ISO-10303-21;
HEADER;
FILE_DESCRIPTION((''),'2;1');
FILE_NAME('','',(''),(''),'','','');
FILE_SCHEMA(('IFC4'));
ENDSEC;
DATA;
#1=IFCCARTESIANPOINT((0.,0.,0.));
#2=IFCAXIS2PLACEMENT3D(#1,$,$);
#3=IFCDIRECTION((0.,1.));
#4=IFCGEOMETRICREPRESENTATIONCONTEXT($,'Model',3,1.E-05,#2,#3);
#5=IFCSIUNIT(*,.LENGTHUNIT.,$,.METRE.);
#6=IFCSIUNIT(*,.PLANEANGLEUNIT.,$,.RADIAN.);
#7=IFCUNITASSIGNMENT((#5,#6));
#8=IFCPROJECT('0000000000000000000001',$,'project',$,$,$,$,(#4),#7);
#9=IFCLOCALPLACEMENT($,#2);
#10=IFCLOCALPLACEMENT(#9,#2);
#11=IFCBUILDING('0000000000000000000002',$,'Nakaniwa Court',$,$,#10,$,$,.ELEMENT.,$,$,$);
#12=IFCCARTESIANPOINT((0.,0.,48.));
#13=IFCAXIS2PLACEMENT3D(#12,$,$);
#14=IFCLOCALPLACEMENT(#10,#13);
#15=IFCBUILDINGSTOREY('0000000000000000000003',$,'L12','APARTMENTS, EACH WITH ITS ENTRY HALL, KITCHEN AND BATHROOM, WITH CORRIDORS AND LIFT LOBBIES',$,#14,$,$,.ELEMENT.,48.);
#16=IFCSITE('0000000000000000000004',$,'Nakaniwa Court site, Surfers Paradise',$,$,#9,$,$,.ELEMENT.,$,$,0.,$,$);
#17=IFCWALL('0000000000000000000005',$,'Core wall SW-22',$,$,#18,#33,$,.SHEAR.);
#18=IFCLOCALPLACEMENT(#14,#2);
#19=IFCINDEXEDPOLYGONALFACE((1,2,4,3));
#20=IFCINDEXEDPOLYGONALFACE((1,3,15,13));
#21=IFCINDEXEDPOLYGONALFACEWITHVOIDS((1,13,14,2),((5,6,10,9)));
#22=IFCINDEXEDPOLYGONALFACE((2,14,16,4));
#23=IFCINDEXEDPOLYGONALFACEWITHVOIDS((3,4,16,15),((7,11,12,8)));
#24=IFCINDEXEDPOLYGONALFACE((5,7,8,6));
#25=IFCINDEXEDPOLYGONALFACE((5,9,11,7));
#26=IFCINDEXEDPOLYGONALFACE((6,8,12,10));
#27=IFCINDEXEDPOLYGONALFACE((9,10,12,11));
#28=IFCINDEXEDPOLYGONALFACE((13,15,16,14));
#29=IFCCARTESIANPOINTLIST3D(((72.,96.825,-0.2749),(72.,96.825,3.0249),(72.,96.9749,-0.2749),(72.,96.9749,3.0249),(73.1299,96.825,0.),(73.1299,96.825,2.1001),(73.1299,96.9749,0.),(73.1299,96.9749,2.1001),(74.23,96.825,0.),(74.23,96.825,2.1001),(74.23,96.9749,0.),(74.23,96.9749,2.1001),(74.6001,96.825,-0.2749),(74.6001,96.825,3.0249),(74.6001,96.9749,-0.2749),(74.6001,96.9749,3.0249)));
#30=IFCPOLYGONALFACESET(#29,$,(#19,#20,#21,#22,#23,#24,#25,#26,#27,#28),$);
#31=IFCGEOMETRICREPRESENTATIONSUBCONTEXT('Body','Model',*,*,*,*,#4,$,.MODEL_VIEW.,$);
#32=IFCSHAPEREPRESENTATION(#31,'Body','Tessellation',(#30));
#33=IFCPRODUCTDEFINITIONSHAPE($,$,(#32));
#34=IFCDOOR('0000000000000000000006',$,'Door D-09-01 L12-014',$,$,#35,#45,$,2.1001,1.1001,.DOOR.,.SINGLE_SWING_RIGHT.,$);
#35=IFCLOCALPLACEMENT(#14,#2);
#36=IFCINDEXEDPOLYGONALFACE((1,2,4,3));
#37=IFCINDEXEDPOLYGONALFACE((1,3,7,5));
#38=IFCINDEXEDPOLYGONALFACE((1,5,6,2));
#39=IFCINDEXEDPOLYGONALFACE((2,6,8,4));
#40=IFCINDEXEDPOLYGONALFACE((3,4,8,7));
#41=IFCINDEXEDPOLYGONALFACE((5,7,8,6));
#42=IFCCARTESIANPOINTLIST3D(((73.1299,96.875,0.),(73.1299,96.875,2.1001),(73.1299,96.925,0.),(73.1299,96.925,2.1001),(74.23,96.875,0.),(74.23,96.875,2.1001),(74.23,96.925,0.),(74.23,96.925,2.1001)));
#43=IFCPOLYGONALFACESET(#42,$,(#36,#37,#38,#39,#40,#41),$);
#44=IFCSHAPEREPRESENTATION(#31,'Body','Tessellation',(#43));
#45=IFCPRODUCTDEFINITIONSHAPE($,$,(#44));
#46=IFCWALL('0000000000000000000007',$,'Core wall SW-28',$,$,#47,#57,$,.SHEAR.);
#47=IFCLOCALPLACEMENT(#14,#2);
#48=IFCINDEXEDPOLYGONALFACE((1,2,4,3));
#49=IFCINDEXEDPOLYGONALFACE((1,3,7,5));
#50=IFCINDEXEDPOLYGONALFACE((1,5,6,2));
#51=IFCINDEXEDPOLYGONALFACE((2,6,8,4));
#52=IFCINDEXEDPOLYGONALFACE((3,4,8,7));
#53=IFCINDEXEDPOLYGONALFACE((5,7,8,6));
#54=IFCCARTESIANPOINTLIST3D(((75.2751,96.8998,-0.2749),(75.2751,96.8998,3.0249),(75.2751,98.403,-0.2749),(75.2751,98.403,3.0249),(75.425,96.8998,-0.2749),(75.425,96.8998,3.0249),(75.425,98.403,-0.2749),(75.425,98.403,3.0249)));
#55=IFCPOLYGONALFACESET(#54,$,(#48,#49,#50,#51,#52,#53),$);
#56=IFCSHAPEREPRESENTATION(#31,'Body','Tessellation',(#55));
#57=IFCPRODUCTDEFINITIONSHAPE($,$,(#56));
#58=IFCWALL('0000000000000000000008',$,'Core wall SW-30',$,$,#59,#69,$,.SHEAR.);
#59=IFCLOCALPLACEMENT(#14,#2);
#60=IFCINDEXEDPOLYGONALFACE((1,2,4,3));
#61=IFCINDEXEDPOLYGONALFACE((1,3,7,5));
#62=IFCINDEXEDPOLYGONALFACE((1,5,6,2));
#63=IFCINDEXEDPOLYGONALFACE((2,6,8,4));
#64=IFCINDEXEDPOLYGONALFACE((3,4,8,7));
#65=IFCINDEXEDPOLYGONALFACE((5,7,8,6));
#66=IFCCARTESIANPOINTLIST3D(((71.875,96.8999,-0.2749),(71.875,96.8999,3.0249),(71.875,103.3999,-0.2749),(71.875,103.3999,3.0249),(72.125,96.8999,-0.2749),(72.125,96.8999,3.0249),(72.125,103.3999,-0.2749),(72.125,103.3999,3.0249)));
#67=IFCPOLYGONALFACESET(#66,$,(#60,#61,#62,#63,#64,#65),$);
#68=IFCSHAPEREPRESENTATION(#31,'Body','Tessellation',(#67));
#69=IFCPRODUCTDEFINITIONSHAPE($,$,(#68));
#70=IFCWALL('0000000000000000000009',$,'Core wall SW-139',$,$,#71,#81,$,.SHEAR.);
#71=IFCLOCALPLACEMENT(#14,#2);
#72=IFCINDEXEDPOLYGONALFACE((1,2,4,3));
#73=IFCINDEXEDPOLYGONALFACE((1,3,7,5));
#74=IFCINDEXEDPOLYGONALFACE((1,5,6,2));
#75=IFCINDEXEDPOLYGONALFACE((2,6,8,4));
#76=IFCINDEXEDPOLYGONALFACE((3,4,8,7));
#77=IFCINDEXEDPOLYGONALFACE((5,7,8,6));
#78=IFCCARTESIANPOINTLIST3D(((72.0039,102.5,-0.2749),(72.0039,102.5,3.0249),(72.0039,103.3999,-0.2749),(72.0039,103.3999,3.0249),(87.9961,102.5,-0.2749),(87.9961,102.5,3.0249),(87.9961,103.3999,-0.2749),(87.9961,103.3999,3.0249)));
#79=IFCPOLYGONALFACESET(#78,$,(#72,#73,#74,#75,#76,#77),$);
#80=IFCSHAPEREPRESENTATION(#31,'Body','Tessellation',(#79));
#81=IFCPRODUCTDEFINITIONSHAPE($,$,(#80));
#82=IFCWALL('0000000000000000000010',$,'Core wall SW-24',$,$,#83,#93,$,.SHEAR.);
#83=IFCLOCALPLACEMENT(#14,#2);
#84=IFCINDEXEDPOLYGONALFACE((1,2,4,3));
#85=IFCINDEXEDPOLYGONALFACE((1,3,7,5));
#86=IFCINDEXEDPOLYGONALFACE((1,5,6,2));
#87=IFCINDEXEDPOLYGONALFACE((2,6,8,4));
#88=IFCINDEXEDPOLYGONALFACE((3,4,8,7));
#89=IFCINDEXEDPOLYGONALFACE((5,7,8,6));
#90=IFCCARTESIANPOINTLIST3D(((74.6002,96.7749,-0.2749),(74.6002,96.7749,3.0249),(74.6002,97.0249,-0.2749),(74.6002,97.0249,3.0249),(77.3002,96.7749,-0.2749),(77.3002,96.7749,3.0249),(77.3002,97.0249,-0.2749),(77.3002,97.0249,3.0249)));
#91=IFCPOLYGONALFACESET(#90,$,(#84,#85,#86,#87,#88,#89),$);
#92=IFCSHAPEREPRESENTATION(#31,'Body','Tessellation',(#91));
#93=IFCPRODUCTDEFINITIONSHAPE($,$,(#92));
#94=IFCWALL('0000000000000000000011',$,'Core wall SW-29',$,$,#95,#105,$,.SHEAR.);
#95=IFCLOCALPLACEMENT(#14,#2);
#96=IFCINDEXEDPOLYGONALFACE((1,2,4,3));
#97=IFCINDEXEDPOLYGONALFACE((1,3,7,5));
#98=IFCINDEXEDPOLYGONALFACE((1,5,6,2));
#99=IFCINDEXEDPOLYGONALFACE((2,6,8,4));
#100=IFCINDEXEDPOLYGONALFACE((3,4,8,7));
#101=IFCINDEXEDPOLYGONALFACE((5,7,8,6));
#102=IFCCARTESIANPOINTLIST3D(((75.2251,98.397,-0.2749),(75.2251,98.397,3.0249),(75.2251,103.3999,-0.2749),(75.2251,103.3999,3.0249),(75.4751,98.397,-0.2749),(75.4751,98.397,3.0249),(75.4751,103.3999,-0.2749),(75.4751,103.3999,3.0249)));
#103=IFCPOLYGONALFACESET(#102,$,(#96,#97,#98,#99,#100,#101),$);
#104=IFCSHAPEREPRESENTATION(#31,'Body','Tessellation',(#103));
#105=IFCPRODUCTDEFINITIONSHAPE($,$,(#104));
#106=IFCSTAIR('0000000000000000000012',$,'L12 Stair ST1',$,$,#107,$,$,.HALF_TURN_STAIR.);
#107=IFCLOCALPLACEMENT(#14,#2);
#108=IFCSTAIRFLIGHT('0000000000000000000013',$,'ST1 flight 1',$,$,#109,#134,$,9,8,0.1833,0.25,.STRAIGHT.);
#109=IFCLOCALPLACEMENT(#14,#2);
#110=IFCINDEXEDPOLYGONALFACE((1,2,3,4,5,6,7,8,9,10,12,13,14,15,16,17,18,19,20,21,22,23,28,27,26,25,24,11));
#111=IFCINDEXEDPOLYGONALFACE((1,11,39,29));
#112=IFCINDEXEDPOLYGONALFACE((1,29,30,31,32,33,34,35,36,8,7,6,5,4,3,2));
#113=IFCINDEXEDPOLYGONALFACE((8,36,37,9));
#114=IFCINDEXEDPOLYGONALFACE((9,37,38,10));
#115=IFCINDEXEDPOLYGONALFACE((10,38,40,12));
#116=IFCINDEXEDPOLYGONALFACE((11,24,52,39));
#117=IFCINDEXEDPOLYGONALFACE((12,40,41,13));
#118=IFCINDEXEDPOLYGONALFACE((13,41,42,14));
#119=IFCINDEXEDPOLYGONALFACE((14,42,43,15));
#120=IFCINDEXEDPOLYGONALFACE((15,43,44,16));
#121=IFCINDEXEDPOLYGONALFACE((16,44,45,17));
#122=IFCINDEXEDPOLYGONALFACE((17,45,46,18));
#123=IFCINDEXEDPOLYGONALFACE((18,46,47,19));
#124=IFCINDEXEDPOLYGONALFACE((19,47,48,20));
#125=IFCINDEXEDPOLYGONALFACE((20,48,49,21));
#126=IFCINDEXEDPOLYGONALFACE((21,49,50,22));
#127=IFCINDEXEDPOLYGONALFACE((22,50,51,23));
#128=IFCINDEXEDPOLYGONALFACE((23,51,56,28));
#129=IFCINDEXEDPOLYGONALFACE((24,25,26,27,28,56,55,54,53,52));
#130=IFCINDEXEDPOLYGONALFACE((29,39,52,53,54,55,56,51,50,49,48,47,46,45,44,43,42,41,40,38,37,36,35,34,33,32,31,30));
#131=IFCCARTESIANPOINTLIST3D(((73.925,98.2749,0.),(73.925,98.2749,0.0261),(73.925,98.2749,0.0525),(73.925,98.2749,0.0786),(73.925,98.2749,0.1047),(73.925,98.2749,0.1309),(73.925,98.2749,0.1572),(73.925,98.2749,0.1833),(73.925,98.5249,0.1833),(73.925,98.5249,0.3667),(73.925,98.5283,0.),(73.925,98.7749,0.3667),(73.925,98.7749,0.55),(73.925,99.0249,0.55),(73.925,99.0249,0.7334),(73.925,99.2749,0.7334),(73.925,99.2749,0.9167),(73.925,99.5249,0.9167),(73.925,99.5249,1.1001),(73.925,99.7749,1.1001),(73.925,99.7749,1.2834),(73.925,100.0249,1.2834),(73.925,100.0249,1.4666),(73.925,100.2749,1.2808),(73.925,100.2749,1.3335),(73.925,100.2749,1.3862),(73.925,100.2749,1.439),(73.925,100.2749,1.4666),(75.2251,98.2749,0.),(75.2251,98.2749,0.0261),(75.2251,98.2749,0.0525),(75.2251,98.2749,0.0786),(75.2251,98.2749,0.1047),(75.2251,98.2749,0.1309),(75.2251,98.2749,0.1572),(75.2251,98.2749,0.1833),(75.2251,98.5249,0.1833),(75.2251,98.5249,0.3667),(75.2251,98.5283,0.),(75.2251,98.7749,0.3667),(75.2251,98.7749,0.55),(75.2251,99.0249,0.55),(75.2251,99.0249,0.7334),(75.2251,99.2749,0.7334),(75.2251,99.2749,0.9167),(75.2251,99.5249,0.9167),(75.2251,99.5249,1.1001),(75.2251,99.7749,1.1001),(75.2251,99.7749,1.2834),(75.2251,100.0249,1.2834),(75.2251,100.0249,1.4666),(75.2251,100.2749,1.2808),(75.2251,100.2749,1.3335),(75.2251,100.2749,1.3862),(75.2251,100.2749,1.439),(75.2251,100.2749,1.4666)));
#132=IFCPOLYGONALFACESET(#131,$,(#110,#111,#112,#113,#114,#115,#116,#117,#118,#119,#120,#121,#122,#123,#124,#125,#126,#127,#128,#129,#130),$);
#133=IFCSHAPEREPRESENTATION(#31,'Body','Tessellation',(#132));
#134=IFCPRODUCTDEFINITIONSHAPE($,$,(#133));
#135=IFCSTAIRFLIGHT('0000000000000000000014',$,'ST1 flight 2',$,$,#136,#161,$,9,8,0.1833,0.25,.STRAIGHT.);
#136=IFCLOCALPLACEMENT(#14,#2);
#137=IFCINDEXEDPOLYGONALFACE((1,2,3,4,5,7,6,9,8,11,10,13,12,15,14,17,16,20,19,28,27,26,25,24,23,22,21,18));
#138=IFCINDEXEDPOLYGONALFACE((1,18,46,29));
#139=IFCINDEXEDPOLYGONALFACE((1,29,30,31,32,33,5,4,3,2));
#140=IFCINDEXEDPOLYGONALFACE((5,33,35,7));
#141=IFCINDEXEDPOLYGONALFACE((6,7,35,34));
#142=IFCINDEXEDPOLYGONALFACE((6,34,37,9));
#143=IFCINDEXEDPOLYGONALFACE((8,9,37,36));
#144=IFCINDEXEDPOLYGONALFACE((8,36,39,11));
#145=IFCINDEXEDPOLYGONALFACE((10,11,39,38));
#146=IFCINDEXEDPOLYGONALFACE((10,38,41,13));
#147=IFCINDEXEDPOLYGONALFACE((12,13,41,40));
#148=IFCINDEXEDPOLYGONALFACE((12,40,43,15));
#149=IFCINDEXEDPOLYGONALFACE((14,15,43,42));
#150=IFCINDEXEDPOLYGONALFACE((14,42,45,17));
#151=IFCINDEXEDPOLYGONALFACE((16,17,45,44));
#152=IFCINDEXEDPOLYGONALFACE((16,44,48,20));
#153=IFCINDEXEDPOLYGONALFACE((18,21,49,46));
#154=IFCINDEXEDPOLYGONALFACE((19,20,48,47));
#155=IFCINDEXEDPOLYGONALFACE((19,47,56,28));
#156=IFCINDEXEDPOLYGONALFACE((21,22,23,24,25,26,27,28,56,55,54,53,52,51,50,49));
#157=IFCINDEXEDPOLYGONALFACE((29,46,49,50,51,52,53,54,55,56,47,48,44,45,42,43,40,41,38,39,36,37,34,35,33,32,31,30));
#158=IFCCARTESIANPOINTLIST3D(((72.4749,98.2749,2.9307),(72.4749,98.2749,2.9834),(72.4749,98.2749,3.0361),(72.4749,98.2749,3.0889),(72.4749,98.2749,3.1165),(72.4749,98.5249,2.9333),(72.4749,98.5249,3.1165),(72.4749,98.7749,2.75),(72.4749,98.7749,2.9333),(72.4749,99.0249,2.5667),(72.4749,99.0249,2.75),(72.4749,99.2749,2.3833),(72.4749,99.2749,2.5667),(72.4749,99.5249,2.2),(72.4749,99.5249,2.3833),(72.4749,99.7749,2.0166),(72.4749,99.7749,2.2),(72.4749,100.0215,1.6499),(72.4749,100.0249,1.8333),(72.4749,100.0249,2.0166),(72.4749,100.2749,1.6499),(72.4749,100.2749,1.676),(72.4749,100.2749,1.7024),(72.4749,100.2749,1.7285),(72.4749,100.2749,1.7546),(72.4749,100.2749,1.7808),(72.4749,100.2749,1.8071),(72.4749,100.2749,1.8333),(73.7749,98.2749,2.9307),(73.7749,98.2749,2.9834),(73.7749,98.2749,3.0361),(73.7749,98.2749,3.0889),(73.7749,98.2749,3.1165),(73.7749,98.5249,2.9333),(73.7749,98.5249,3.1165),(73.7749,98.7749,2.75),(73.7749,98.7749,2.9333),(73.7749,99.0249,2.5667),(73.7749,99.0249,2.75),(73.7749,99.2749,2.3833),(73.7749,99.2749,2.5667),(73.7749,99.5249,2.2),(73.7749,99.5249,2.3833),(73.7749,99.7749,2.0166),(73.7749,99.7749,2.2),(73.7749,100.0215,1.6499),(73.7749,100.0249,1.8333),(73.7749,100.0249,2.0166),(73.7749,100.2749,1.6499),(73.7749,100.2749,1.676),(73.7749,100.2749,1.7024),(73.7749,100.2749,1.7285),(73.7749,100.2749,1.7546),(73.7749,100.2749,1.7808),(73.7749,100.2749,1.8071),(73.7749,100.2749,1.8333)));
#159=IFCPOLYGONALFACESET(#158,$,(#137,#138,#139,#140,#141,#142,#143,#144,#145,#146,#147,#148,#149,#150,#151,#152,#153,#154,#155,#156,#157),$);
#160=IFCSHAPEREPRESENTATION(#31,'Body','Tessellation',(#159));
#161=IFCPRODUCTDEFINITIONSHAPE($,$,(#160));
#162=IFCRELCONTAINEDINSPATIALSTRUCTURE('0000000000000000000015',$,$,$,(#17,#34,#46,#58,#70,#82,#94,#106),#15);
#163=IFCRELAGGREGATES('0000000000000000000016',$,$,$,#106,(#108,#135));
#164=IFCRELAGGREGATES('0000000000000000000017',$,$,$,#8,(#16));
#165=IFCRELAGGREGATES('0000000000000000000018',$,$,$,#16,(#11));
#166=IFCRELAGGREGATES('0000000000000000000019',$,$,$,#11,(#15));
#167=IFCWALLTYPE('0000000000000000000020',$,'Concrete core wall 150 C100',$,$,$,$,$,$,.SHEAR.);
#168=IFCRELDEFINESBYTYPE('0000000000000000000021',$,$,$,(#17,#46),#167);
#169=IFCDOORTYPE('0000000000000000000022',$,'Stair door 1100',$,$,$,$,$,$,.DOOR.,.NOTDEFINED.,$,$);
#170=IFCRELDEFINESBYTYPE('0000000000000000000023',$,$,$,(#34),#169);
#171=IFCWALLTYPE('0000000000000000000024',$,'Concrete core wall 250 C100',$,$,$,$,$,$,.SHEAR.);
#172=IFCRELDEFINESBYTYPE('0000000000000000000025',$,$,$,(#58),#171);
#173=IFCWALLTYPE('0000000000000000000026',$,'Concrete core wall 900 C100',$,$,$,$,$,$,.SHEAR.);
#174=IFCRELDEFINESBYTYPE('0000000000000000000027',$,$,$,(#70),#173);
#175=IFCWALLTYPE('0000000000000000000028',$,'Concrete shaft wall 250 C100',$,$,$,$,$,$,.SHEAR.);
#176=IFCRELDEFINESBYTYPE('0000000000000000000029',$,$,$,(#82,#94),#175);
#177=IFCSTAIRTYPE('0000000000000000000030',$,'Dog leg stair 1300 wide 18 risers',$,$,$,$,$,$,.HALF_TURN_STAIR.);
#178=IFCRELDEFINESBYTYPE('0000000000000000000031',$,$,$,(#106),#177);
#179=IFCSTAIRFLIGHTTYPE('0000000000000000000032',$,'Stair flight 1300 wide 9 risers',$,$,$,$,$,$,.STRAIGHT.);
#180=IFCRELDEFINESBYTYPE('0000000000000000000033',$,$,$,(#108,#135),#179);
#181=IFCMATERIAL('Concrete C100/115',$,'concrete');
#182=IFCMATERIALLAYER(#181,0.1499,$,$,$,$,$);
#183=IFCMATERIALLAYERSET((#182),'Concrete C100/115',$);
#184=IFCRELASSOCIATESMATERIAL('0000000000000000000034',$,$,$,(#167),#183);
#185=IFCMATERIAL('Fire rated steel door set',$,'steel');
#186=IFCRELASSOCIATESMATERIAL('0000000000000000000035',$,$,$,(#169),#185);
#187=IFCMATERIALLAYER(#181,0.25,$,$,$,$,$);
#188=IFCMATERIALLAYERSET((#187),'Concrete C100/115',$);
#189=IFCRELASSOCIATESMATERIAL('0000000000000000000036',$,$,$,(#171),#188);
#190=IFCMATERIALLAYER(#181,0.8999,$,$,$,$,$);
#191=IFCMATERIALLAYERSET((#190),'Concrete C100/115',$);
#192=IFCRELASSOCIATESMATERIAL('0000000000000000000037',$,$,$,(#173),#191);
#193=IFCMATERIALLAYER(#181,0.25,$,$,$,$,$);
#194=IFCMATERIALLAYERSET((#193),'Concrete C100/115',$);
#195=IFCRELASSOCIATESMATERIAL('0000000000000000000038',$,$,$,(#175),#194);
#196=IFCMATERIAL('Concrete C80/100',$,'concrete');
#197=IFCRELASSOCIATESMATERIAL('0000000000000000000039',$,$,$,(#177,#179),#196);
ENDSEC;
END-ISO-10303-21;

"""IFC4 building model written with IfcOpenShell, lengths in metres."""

from ifc_helpers import new_model, si_unit, direction, frame, frame_2d, origin, place, context, subcontext, project, spatial, polyline, rectangle, outline, extrude, material, layer, layer_set, type_object, element, fill, aggregate, save


model = new_model("IFC4")

# Units and contexts
model_context = context("Model", 3, precision=1e-05, world=origin(), true_north=direction((0.0, 1.0)))
body_context = subcontext(model_context, "Body", "Model", "MODEL_VIEW")
ifc_project = project(units=[si_unit("LENGTHUNIT", "METRE"), si_unit("PLANEANGLEUNIT", "RADIAN")], contexts=[model_context])

# Site, building, storey
site_placement = place(None, origin())
site = spatial("IfcSite", under=ifc_project, at=site_placement, Name="Nakaniwa Court site, Surfers Paradise", CompositionType="ELEMENT", RefElevation=0.0)
building_placement = place(site_placement, origin())
building = spatial("IfcBuilding", under=site, at=building_placement, Name="Nakaniwa Court", CompositionType="ELEMENT")
storey_placement = place(building_placement, frame((0.0, 0.0, 48.0)))
storey = spatial("IfcBuildingStorey", under=building, at=storey_placement, Name="L12", Description="APARTMENTS, EACH WITH ITS ENTRY HALL, KITCHEN AND BATHROOM, WITH CORRIDORS AND LIFT LOBBIES", CompositionType="ELEMENT", Elevation=48.0)

# Shared definitions
ifc_material_1 = material(Name="Concrete C100/115", Category="concrete")

# Shared definitions
ifc_material_2 = material(Name="Concrete C80/100", Category="concrete")

# Shared definitions
ifc_material_3 = material(Name="Fire rated steel door set", Category="steel")

# Wall, opening, door
ifc_layer_1 = layer(ifc_material_1, 0.1499)
ifc_layer_set_1 = layer_set([ifc_layer_1], Name="Concrete C100/115")
wall_type_1 = type_object("IfcWallType", Name="Concrete core wall 150 C100", PredefinedType="SHEAR", material=ifc_layer_set_1)
wall_1_placement = place(storey_placement, frame((74.6001, 96.8999, -0.2749), z_axis=(0.0, 0.0, 1.0), x_axis=(-1.0, 0.0, 0.0)))
wall_1 = element("IfcWall", 1, at=wall_1_placement, inside=storey, type_object=wall_type_1, Name="Core wall SW-22", PredefinedType="SHEAR", context=body_context, shape_type="SweptSolid", body=[
    extrude(rectangle(XDim=2.6001, YDim=0.1499, at=frame_2d((1.3, 0.0))), origin(), (0.0, 0.0, 1.0), 3.2998),
])
opening_1_placement = place(wall_1_placement, frame((0.3701, 0.0, 0.2749)))
opening_1 = element("IfcOpeningElement", 2, at=opening_1_placement, cuts=wall_1, PredefinedType="OPENING", context=body_context, shape_type="SweptSolid", body=[
    extrude(rectangle(XDim=1.1001, YDim=2.1001, at=frame_2d((0.55, 1.05))), frame((0.0, 0.085, 0.0), z_axis=(0.0, -1.0, 0.0), x_axis=(1.0, 0.0, 0.0)), (0.0, 0.0, 1.0), 0.1699),
])
door_type_1 = type_object("IfcDoorType", Name="Stair door 1100", OperationType="NOTDEFINED", PredefinedType="DOOR", material=ifc_material_3)
door_1_placement = place(opening_1_placement, origin())
door_1 = element("IfcDoor", 3, at=door_1_placement, inside=storey, type_object=door_type_1, Name="Door D-09-01 L12-014", OperationType="SINGLE_SWING_RIGHT", OverallHeight=2.1001, OverallWidth=1.1001, PredefinedType="DOOR", context=body_context, shape_type="SweptSolid", body=[
    extrude(rectangle(XDim=1.1001, YDim=2.1001, at=frame_2d((0.55, 1.05))), frame((0.0, 0.0249, 0.0), z_axis=(0.0, -1.0, 0.0), x_axis=(1.0, 0.0, 0.0)), (0.0, 0.0, 1.0), 0.05),
])
fill(opening_1, door_1)

# Walls
wall_2_placement = place(storey_placement, frame((75.3501, 96.8999, -0.2749), z_axis=(0.0, 0.0, 1.0), x_axis=(0.0, 1.0, 0.0)))
element("IfcWall", 4, at=wall_2_placement, inside=storey, type_object=wall_type_1, Name="Core wall SW-28", PredefinedType="SHEAR", context=body_context, shape_type="SweptSolid", body=[
    extrude(rectangle(XDim=1.5032, YDim=0.1499, at=frame_2d((0.7515, 0.0))), origin(), (0.0, 0.0, 1.0), 3.2998),
])
ifc_layer_2 = layer(ifc_material_1, 0.25)
ifc_layer_set_2 = layer_set([ifc_layer_2], Name="Concrete C100/115")
wall_type_2 = type_object("IfcWallType", Name="Concrete core wall 250 C100", PredefinedType="SHEAR", material=ifc_layer_set_2)
wall_3_placement = place(storey_placement, frame((72.0, 96.8999, -0.2749), z_axis=(0.0, 0.0, 1.0), x_axis=(0.0, 1.0, 0.0)))
element("IfcWall", 5, at=wall_3_placement, inside=storey, type_object=wall_type_2, Name="Core wall SW-30", PredefinedType="SHEAR", context=body_context, shape_type="SweptSolid", body=[
    extrude(rectangle(XDim=6.5, YDim=0.25, at=frame_2d((3.25, 0.0))), origin(), (0.0, 0.0, 1.0), 3.2998),
])
ifc_layer_3 = layer(ifc_material_1, 0.8999)
ifc_layer_set_3 = layer_set([ifc_layer_3], Name="Concrete C100/115")
wall_type_3 = type_object("IfcWallType", Name="Concrete core wall 900 C100", PredefinedType="SHEAR", material=ifc_layer_set_3)
wall_4_placement = place(storey_placement, frame((72.0039, 102.95, -0.2749), z_axis=(0.0, 0.0, 1.0), x_axis=(1.0, 0.0, 0.0)))
element("IfcWall", 6, at=wall_4_placement, inside=storey, type_object=wall_type_3, Name="Core wall SW-139", PredefinedType="SHEAR", context=body_context, shape_type="SweptSolid", body=[
    extrude(rectangle(XDim=15.9922, YDim=0.8999, at=frame_2d((7.9961, 0.0))), origin(), (0.0, 0.0, 1.0), 3.2998),
])
ifc_layer_4 = layer(ifc_material_1, 0.25)
ifc_layer_set_4 = layer_set([ifc_layer_4], Name="Concrete C100/115")
wall_type_4 = type_object("IfcWallType", Name="Concrete shaft wall 250 C100", PredefinedType="SHEAR", material=ifc_layer_set_4)
wall_5_placement = place(storey_placement, frame((74.6001, 96.8999, -0.2749), z_axis=(0.0, 0.0, 1.0), x_axis=(1.0, 0.0, 0.0)))
element("IfcWall", 7, at=wall_5_placement, inside=storey, type_object=wall_type_4, Name="Core wall SW-24", PredefinedType="SHEAR", context=body_context, shape_type="SweptSolid", body=[
    extrude(rectangle(XDim=2.7, YDim=0.25, at=frame_2d((1.3501, 0.0))), origin(), (0.0, 0.0, 1.0), 3.2998),
])
wall_6_placement = place(storey_placement, frame((75.3501, 98.397, -0.2749), z_axis=(0.0, 0.0, 1.0), x_axis=(0.0, 1.0, 0.0)))
element("IfcWall", 8, at=wall_6_placement, inside=storey, type_object=wall_type_4, Name="Core wall SW-29", PredefinedType="SHEAR", context=body_context, shape_type="SweptSolid", body=[
    extrude(rectangle(XDim=5.0029, YDim=0.25, at=frame_2d((2.5015, 0.0))), origin(), (0.0, 0.0, 1.0), 3.2998),
])

# Stair, stair flights
stair_type = type_object("IfcStairType", Name="Dog leg stair 1300 wide 18 risers", PredefinedType="HALF_TURN_STAIR", material=ifc_material_2)
stair_placement = place(storey_placement, origin())
stair = element("IfcStair", 9, at=stair_placement, inside=storey, type_object=stair_type, Name="L12 Stair ST1", PredefinedType="HALF_TURN_STAIR")
stair_flight_type = type_object("IfcStairFlightType", Name="Stair flight 1300 wide 9 risers", PredefinedType="STRAIGHT", material=ifc_material_2)
stair_flight_1_placement = place(storey_placement, frame((74.575, 98.2749, 0.0), z_axis=(0.0, 0.0, 1.0), x_axis=(0.0, 1.0, 0.0)))
stair_flight_1 = element("IfcStairFlight", 10, at=stair_flight_1_placement, type_object=stair_flight_type, Name="ST1 flight 1", NumberOfRisers=9, NumberOfTreads=8, PredefinedType="STRAIGHT", RiserHeight=0.1833, TreadLength=0.25, context=body_context, shape_type="SweptSolid", body=[
    extrude(outline(polyline([(0.0, 0.0), (0.0, 0.0261), (0.0, 0.0525), (0.0, 0.0786), (0.0, 0.1047), (0.0, 0.1309), (0.0, 0.1572), (0.0, 0.1833), (0.25, 0.1833), (0.25, 0.3667), (0.5, 0.3667), (0.5, 0.55), (0.75, 0.55), (0.75, 0.7334), (1.0, 0.7334), (1.0, 0.9167), (1.25, 0.9167), (1.25, 1.1001), (1.5, 1.1001), (1.5, 1.2834), (1.75, 1.2834), (1.75, 1.4666), (2.0, 1.4666), (2.0, 1.6499), (2.0, 1.5972), (2.0, 1.5444), (2.0, 1.4917), (2.0, 1.439), (2.0, 1.3862), (2.0, 1.3335), (2.0, 1.2808), (0.2534, 0.0), (0.0, 0.0)])), frame((0.0, 0.6499, 0.0), z_axis=(0.0, -1.0, 0.0), x_axis=(1.0, 0.0, 0.0)), (0.0, 0.0, 1.0), 1.3),
])
stair_flight_2_placement = place(storey_placement, frame((73.125, 100.2749, 1.6499), z_axis=(0.0, 0.0, 1.0), x_axis=(0.0, -1.0, 0.0)))
stair_flight_2 = element("IfcStairFlight", 11, at=stair_flight_2_placement, type_object=stair_flight_type, Name="ST1 flight 2", NumberOfRisers=9, NumberOfTreads=8, PredefinedType="STRAIGHT", RiserHeight=0.1833, TreadLength=0.25, context=body_context, shape_type="SweptSolid", body=[
    extrude(outline(polyline([(0.0, 0.0), (0.0, 0.0261), (0.0, 0.0525), (0.0, 0.0786), (0.0, 0.1047), (0.0, 0.1309), (0.0, 0.1572), (0.0, 0.1833), (0.25, 0.1833), (0.25, 0.3667), (0.5, 0.3667), (0.5, 0.55), (0.75, 0.55), (0.75, 0.7334), (1.0, 0.7334), (1.0, 0.9167), (1.25, 0.9167), (1.25, 1.1001), (1.5, 1.1001), (1.5, 1.2834), (1.75, 1.2834), (1.75, 1.4666), (2.0, 1.4666), (2.0, 1.6499), (2.0, 1.5972), (2.0, 1.5444), (2.0, 1.4917), (2.0, 1.439), (2.0, 1.3862), (2.0, 1.3335), (2.0, 1.2808), (0.2534, 0.0), (0.0, 0.0)])), frame((0.0, 0.6499, 0.0), z_axis=(0.0, -1.0, 0.0), x_axis=(1.0, 0.0, 0.0)), (0.0, 0.0, 1.0), 1.3),
])
aggregate(stair, [stair_flight_1, stair_flight_2])

save(model, "model.ifc")
